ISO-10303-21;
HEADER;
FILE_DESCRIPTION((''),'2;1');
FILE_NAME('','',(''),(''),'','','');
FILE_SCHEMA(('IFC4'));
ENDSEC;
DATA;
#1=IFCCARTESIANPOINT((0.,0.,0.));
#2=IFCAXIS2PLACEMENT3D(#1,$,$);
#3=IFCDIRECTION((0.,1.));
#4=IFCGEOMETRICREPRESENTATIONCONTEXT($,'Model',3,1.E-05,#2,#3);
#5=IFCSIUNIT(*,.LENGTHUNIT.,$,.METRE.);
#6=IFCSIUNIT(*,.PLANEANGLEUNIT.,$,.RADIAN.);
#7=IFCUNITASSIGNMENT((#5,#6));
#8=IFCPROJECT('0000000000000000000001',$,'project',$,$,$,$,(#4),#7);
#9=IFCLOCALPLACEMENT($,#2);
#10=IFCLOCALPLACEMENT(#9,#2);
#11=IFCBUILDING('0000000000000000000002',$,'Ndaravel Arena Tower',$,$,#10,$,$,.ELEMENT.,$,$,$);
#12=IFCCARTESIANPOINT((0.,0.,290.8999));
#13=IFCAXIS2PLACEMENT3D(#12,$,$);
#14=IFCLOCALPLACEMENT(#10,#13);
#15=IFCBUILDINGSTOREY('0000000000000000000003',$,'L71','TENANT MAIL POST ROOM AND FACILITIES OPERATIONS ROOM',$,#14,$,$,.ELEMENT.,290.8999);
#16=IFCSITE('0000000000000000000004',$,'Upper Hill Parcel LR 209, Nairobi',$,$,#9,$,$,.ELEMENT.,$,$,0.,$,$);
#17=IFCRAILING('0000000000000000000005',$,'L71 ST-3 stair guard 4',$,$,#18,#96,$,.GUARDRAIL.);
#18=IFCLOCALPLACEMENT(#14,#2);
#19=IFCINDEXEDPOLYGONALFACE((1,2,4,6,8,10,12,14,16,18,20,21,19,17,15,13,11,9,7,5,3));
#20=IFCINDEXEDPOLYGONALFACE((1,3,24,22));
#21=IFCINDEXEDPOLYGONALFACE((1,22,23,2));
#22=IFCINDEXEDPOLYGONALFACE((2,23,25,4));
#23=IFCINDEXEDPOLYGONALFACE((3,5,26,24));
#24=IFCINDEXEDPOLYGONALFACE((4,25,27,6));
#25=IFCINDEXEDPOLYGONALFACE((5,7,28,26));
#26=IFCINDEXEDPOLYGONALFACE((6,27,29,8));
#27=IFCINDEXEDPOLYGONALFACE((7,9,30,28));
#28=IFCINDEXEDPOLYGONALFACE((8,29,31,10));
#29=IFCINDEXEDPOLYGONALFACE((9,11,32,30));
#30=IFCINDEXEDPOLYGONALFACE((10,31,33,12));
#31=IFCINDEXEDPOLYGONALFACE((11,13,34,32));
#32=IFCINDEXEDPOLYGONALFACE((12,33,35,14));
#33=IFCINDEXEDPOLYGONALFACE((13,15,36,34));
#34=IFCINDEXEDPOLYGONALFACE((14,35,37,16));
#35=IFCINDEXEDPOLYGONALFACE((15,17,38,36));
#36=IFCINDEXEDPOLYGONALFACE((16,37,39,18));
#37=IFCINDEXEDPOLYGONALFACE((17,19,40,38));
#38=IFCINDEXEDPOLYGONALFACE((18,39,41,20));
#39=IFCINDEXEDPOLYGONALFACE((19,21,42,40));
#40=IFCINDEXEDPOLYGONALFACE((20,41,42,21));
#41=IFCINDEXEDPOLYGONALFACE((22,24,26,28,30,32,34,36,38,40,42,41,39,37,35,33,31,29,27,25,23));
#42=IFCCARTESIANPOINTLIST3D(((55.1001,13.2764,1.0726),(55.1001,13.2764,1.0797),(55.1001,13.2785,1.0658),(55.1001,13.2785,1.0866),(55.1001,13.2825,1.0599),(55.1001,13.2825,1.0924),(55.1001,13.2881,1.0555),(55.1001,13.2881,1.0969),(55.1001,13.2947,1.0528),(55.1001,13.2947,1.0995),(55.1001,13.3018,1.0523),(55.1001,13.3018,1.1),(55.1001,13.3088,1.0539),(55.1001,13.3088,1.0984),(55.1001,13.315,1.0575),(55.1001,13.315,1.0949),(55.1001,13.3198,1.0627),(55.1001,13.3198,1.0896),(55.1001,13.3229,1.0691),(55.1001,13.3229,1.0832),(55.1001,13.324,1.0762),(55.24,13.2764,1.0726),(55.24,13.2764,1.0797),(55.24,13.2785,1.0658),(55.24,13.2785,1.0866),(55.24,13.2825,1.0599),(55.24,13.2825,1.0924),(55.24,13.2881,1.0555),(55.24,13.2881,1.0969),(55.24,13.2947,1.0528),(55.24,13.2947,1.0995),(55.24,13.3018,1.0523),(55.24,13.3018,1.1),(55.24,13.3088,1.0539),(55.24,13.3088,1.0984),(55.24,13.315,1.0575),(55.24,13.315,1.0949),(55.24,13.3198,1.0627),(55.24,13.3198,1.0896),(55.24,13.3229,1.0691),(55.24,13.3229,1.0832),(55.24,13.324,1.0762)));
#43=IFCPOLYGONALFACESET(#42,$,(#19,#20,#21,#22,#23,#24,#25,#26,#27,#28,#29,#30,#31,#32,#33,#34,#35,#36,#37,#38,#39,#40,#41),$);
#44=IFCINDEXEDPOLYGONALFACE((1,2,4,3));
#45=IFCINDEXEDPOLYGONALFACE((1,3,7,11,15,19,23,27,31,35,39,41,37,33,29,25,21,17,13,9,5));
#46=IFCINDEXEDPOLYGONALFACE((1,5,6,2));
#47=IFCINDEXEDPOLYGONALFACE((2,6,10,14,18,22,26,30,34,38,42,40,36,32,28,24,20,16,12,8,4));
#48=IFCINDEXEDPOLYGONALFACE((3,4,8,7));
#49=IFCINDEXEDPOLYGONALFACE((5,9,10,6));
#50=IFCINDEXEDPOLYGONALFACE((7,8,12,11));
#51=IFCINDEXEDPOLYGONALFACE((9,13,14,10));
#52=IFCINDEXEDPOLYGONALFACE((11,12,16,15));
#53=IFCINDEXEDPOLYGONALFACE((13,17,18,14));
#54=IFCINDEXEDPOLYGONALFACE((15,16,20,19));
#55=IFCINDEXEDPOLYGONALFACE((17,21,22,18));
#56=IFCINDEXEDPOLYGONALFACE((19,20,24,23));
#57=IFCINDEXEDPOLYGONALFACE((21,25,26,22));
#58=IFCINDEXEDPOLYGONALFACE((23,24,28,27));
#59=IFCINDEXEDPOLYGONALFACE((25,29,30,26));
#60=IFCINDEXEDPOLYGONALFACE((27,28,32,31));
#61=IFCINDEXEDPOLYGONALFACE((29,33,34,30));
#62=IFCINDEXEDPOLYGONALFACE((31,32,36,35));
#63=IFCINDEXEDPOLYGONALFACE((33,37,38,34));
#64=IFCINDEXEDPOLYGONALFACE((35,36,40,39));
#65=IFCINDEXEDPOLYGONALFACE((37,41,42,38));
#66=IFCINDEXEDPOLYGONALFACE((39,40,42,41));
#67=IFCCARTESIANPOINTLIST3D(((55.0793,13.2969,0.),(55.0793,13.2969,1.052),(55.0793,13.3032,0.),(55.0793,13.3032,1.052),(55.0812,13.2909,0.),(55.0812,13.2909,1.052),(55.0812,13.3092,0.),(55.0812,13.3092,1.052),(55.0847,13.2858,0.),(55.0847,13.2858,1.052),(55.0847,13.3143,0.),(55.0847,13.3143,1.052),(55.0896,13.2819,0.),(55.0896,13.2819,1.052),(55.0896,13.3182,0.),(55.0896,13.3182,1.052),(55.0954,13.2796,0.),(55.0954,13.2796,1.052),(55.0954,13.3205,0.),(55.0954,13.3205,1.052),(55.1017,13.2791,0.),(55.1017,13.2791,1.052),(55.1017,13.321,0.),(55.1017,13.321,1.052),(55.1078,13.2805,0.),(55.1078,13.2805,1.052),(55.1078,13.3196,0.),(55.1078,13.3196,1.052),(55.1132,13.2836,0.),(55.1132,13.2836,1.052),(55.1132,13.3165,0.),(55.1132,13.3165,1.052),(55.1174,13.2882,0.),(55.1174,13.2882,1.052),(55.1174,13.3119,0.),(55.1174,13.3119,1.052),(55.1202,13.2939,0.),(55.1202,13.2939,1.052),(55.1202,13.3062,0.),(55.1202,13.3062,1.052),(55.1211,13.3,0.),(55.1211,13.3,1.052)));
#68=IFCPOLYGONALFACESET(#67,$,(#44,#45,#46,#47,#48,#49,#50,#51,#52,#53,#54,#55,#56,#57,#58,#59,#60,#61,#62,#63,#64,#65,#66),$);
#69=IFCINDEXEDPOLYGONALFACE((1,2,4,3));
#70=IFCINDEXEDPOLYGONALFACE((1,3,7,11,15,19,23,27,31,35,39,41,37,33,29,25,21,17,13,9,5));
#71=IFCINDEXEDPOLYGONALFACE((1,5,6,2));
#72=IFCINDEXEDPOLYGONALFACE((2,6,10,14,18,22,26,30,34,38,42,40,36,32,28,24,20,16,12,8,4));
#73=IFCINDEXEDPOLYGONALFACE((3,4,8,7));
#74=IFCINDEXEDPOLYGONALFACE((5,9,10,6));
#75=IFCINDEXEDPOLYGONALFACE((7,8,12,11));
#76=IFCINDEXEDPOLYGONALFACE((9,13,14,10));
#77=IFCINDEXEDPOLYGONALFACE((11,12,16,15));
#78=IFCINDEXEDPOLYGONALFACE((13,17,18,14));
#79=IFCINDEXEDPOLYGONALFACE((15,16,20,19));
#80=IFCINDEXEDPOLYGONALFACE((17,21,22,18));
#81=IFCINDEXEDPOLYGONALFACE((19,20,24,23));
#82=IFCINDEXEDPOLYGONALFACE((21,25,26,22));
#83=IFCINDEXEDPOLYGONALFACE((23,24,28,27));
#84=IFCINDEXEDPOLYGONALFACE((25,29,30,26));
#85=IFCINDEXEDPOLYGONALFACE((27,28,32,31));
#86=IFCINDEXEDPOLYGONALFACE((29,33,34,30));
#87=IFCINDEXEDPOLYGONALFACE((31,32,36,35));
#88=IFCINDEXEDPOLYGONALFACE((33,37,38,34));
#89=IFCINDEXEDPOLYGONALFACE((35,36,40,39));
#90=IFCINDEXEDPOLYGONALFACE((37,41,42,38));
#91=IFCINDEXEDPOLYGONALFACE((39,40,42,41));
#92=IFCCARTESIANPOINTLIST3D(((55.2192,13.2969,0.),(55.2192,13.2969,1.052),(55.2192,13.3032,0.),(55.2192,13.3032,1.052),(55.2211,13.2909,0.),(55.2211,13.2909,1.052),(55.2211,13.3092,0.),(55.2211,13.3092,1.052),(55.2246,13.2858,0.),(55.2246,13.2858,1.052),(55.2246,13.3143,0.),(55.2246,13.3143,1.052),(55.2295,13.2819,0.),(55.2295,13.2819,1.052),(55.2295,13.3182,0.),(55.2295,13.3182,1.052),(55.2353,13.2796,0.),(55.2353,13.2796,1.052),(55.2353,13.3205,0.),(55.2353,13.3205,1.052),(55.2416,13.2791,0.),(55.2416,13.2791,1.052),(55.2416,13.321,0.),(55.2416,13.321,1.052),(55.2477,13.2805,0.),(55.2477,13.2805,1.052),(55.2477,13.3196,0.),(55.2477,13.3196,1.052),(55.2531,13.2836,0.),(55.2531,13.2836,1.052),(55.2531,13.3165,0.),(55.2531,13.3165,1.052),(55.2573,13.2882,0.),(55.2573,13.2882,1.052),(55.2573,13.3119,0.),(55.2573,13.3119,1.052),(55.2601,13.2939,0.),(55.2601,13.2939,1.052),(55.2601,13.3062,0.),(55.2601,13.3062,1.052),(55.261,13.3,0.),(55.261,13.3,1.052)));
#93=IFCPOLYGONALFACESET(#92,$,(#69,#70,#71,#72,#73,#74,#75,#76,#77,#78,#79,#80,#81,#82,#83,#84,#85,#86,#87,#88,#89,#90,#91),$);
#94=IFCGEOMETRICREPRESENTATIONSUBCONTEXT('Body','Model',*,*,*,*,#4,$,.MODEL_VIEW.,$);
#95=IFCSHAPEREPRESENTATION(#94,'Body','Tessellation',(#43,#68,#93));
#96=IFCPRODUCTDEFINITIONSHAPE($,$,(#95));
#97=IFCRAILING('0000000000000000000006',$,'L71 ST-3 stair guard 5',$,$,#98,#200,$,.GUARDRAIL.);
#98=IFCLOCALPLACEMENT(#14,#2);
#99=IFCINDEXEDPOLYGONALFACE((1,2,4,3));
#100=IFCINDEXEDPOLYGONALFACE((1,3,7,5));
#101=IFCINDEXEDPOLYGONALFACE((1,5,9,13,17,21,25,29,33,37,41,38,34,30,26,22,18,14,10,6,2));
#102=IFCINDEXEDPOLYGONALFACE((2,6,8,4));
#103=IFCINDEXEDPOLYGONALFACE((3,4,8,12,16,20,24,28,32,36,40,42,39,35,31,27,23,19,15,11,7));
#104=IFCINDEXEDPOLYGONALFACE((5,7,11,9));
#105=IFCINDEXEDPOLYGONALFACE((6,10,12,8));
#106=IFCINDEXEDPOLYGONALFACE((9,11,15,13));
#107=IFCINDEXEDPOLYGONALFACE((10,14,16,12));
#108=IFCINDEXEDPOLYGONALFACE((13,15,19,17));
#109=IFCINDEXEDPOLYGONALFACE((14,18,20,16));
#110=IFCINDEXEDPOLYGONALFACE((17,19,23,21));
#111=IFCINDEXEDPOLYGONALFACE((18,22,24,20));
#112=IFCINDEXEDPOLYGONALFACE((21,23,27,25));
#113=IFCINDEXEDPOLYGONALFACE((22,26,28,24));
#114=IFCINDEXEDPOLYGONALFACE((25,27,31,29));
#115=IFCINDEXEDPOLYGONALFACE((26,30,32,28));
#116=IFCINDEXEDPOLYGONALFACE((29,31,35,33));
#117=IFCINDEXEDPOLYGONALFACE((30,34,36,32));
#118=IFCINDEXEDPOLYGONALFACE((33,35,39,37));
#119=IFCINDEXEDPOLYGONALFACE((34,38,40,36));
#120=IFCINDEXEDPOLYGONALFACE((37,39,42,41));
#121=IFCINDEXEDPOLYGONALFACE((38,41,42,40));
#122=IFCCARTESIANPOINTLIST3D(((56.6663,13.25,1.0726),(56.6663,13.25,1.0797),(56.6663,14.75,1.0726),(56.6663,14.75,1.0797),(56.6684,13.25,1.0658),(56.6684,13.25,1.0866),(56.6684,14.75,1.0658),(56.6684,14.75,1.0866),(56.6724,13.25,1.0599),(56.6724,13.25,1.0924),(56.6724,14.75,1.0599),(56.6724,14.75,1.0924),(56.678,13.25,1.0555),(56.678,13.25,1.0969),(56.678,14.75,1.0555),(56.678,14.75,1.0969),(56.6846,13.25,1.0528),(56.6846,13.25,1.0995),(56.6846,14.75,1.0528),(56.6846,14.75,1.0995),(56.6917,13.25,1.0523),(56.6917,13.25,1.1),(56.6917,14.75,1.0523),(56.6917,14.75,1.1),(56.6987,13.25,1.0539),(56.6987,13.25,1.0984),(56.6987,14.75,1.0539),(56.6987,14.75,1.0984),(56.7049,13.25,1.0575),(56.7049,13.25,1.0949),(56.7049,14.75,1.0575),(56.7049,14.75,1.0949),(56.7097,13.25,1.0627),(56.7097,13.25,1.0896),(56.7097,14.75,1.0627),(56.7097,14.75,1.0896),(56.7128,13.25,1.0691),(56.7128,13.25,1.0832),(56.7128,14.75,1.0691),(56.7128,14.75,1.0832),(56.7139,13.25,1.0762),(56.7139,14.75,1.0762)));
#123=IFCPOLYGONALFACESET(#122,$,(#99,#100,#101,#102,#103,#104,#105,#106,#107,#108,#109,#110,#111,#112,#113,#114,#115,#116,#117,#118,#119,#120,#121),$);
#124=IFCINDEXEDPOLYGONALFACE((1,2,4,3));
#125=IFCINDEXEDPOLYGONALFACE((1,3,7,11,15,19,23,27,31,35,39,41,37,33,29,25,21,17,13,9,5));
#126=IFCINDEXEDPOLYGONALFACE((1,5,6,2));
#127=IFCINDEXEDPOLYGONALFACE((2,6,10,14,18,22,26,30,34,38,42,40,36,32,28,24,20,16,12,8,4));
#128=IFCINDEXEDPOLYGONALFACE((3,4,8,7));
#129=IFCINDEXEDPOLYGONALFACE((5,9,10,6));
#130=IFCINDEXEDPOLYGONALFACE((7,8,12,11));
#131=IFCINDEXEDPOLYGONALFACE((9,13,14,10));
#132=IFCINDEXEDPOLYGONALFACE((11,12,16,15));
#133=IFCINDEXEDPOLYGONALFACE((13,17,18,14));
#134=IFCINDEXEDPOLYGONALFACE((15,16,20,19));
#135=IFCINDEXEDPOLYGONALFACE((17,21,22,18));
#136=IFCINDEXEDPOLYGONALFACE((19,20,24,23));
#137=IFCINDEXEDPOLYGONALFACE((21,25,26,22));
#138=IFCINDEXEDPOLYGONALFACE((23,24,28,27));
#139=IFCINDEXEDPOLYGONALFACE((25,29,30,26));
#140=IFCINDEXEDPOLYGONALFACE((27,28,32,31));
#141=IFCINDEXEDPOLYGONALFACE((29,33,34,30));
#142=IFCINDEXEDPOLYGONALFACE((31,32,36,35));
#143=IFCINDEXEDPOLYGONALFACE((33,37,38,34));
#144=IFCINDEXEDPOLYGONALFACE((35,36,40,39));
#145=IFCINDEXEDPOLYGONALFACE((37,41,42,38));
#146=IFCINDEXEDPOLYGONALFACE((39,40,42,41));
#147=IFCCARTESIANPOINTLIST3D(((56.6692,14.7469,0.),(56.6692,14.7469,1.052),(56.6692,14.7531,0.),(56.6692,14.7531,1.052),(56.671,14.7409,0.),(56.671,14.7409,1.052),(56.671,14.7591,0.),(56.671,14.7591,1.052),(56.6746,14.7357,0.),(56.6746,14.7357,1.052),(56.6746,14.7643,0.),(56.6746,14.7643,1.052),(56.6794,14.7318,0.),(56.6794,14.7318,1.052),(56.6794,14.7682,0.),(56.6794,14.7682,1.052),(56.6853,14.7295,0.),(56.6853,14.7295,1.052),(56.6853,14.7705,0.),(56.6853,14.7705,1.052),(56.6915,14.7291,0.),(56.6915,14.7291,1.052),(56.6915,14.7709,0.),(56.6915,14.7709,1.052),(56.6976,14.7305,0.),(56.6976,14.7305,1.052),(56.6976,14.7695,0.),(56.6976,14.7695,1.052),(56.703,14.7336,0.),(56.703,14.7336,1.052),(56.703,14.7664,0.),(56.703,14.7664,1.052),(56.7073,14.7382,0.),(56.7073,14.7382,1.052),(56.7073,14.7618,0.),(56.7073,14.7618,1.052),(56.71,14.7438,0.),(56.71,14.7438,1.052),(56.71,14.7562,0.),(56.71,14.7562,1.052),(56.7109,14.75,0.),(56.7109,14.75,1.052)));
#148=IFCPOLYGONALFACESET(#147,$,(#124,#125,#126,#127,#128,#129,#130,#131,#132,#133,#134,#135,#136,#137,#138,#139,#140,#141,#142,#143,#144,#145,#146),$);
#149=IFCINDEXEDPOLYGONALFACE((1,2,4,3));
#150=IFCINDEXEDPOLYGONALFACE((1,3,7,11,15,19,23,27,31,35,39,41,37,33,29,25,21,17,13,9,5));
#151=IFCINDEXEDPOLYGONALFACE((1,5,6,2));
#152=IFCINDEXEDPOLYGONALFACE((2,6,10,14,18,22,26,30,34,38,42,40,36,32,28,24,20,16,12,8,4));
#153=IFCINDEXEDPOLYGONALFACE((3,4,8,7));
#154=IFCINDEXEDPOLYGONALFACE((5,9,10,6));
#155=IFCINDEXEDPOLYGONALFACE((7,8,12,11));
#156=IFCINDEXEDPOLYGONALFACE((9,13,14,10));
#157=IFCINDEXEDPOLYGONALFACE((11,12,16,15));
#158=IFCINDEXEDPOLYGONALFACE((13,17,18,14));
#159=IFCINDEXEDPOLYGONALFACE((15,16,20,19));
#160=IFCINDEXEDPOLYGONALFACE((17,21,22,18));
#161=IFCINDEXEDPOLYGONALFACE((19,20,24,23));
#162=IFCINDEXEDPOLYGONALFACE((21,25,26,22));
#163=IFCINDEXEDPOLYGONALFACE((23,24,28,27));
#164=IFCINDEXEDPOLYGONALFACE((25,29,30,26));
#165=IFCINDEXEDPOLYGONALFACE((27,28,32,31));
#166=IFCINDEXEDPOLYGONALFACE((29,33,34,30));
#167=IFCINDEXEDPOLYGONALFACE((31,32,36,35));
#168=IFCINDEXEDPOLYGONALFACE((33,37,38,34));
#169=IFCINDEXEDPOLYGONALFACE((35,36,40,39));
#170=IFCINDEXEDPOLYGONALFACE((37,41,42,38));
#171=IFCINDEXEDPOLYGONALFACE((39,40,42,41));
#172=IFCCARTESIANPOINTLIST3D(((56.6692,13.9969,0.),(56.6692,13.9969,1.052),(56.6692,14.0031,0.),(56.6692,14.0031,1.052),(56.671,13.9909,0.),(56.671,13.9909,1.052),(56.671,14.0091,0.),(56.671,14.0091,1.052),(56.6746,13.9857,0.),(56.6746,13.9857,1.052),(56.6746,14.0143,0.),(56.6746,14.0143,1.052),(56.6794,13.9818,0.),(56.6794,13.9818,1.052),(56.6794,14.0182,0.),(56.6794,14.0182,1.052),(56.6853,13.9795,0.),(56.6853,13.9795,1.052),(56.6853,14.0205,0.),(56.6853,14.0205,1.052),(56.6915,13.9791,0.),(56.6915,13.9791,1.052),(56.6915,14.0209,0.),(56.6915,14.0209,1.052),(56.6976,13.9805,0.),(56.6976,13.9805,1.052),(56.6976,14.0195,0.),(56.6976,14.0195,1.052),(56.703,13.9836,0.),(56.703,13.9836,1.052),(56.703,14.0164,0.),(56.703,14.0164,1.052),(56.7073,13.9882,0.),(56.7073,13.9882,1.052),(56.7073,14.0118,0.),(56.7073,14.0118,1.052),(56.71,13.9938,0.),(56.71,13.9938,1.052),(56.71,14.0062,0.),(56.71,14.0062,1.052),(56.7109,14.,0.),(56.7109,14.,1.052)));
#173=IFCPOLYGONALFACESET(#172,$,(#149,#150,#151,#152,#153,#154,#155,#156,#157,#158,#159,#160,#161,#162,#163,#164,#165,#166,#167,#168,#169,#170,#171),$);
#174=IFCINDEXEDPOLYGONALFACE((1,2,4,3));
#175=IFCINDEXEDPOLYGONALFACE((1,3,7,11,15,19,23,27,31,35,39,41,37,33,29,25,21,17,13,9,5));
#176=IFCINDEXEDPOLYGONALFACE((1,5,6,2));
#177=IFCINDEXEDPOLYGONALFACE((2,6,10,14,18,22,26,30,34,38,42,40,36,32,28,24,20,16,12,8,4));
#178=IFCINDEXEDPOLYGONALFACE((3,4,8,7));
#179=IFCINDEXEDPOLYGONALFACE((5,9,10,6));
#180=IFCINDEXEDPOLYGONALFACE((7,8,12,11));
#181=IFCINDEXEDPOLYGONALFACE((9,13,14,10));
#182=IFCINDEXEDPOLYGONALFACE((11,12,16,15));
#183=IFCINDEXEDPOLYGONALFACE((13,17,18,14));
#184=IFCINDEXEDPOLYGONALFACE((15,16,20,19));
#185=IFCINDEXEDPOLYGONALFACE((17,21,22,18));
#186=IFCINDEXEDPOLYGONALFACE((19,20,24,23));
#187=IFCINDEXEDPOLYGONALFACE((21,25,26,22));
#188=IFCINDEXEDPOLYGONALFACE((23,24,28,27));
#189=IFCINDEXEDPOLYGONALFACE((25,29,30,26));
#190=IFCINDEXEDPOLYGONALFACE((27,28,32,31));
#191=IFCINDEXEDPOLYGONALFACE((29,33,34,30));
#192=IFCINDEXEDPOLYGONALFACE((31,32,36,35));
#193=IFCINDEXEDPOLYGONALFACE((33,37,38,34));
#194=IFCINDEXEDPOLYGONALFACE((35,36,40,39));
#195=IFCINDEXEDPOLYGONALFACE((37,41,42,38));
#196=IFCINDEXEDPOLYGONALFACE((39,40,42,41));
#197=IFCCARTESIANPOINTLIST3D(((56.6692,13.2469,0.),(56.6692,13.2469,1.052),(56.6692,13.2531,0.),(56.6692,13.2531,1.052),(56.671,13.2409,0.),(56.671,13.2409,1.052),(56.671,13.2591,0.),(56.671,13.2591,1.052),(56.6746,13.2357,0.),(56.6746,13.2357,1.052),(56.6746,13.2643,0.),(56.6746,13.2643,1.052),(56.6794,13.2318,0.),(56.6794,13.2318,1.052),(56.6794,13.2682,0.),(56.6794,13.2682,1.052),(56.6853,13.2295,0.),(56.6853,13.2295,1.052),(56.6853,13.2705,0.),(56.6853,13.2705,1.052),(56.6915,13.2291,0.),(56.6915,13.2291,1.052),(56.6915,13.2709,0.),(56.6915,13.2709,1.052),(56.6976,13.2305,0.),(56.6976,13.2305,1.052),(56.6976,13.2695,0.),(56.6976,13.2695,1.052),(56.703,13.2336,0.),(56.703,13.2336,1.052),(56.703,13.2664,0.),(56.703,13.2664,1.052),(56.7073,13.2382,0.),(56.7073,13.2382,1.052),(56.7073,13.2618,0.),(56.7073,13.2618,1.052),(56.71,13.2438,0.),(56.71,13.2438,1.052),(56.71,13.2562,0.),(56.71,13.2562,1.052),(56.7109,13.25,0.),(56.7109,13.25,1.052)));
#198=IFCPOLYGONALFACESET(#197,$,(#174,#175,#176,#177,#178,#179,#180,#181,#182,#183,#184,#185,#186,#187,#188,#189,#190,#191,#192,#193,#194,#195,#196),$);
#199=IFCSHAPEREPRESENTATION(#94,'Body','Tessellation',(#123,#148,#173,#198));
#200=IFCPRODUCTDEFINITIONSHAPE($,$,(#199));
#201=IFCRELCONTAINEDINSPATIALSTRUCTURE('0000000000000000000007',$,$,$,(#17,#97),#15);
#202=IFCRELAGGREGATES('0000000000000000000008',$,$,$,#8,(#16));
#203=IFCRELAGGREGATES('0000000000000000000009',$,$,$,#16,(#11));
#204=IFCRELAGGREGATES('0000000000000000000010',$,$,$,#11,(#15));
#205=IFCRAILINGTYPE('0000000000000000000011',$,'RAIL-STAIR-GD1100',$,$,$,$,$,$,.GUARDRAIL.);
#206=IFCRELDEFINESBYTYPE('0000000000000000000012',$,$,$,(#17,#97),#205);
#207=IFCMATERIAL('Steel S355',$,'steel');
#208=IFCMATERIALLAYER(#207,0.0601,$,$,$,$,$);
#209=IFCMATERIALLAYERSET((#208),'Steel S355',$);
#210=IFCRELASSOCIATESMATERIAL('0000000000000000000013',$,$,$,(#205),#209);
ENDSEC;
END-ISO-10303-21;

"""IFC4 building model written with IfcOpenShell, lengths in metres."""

from ifc_helpers import new_model, si_unit, direction, frame, origin, origin_2d, place, context, subcontext, project, spatial, circle, extrude, material, layer, layer_set, type_object, element, save


model = new_model("IFC4")

# Units and contexts
model_context = context("Model", 3, precision=1e-05, world=origin(), true_north=direction((0.0, 1.0)))
body_context = subcontext(model_context, "Body", "Model", "MODEL_VIEW")
ifc_project = project(units=[si_unit("LENGTHUNIT", "METRE"), si_unit("PLANEANGLEUNIT", "RADIAN")], contexts=[model_context])

# Site, building, storey
site_placement = place(None, origin())
site = spatial("IfcSite", under=ifc_project, at=site_placement, Name="Upper Hill Parcel LR 209, Nairobi", CompositionType="ELEMENT", RefElevation=0.0)
building_placement = place(site_placement, origin())
building = spatial("IfcBuilding", under=site, at=building_placement, Name="Ndaravel Arena Tower", CompositionType="ELEMENT")
storey_placement = place(building_placement, frame((0.0, 0.0, 290.8999)))
storey = spatial("IfcBuildingStorey", under=building, at=storey_placement, Name="L71", Description="TENANT MAIL POST ROOM AND FACILITIES OPERATIONS ROOM", CompositionType="ELEMENT", Elevation=290.8999)

# Railings
ifc_material_1 = material(Name="Steel S355", Category="steel")
ifc_layer_1 = layer(ifc_material_1, 0.0601)
ifc_layer_set_1 = layer_set([ifc_layer_1], Name="Steel S355")
railing_type_1 = type_object("IfcRailingType", Name="RAIL-STAIR-GD1100", PredefinedType="GUARDRAIL", material=ifc_layer_set_1)
railing_1_placement = place(storey_placement, frame((55.1001, 13.3, 0.0)))
element("IfcRailing", 1, at=railing_1_placement, inside=storey, type_object=railing_type_1, Name="L71 ST-3 stair guard 4", PredefinedType="GUARDRAIL", context=body_context, shape_type="SweptSolid", body=[
    extrude(circle(Radius=0.0239, at=origin_2d()), frame((0.0, 0.0, 1.0762), z_axis=(1.0, 0.0, 0.0), x_axis=(0.0, 1.0, 0.0)), (0.0, 0.0, 1.0), 0.1399),
    extrude(circle(Radius=0.021, at=origin_2d()), origin(), (0.0, 0.0, 1.0), 1.052),
    extrude(circle(Radius=0.021, at=origin_2d()), frame((0.1399, 0.0, 0.0)), (0.0, 0.0, 1.0), 1.052),
])
railing_2_placement = place(storey_placement, frame((56.6899, 14.75, 0.0)))
element("IfcRailing", 2, at=railing_2_placement, inside=storey, type_object=railing_type_1, Name="L71 ST-3 stair guard 5", PredefinedType="GUARDRAIL", context=body_context, shape_type="SweptSolid", body=[
    extrude(circle(Radius=0.0239, at=origin_2d()), frame((0.0, 0.0, 1.0762), z_axis=(0.0, -1.0, 0.0), x_axis=(1.0, 0.0, 0.0)), (0.0, 0.0, 1.0), 1.5),
    extrude(circle(Radius=0.021, at=origin_2d()), origin(), (0.0, 0.0, 1.0), 1.052),
    extrude(circle(Radius=0.021, at=origin_2d()), frame((0.0, -0.75, 0.0)), (0.0, 0.0, 1.0), 1.052),
    extrude(circle(Radius=0.021, at=origin_2d()), frame((0.0, -1.5, 0.0)), (0.0, 0.0, 1.0), 1.052),
])

save(model, "model.ifc")
